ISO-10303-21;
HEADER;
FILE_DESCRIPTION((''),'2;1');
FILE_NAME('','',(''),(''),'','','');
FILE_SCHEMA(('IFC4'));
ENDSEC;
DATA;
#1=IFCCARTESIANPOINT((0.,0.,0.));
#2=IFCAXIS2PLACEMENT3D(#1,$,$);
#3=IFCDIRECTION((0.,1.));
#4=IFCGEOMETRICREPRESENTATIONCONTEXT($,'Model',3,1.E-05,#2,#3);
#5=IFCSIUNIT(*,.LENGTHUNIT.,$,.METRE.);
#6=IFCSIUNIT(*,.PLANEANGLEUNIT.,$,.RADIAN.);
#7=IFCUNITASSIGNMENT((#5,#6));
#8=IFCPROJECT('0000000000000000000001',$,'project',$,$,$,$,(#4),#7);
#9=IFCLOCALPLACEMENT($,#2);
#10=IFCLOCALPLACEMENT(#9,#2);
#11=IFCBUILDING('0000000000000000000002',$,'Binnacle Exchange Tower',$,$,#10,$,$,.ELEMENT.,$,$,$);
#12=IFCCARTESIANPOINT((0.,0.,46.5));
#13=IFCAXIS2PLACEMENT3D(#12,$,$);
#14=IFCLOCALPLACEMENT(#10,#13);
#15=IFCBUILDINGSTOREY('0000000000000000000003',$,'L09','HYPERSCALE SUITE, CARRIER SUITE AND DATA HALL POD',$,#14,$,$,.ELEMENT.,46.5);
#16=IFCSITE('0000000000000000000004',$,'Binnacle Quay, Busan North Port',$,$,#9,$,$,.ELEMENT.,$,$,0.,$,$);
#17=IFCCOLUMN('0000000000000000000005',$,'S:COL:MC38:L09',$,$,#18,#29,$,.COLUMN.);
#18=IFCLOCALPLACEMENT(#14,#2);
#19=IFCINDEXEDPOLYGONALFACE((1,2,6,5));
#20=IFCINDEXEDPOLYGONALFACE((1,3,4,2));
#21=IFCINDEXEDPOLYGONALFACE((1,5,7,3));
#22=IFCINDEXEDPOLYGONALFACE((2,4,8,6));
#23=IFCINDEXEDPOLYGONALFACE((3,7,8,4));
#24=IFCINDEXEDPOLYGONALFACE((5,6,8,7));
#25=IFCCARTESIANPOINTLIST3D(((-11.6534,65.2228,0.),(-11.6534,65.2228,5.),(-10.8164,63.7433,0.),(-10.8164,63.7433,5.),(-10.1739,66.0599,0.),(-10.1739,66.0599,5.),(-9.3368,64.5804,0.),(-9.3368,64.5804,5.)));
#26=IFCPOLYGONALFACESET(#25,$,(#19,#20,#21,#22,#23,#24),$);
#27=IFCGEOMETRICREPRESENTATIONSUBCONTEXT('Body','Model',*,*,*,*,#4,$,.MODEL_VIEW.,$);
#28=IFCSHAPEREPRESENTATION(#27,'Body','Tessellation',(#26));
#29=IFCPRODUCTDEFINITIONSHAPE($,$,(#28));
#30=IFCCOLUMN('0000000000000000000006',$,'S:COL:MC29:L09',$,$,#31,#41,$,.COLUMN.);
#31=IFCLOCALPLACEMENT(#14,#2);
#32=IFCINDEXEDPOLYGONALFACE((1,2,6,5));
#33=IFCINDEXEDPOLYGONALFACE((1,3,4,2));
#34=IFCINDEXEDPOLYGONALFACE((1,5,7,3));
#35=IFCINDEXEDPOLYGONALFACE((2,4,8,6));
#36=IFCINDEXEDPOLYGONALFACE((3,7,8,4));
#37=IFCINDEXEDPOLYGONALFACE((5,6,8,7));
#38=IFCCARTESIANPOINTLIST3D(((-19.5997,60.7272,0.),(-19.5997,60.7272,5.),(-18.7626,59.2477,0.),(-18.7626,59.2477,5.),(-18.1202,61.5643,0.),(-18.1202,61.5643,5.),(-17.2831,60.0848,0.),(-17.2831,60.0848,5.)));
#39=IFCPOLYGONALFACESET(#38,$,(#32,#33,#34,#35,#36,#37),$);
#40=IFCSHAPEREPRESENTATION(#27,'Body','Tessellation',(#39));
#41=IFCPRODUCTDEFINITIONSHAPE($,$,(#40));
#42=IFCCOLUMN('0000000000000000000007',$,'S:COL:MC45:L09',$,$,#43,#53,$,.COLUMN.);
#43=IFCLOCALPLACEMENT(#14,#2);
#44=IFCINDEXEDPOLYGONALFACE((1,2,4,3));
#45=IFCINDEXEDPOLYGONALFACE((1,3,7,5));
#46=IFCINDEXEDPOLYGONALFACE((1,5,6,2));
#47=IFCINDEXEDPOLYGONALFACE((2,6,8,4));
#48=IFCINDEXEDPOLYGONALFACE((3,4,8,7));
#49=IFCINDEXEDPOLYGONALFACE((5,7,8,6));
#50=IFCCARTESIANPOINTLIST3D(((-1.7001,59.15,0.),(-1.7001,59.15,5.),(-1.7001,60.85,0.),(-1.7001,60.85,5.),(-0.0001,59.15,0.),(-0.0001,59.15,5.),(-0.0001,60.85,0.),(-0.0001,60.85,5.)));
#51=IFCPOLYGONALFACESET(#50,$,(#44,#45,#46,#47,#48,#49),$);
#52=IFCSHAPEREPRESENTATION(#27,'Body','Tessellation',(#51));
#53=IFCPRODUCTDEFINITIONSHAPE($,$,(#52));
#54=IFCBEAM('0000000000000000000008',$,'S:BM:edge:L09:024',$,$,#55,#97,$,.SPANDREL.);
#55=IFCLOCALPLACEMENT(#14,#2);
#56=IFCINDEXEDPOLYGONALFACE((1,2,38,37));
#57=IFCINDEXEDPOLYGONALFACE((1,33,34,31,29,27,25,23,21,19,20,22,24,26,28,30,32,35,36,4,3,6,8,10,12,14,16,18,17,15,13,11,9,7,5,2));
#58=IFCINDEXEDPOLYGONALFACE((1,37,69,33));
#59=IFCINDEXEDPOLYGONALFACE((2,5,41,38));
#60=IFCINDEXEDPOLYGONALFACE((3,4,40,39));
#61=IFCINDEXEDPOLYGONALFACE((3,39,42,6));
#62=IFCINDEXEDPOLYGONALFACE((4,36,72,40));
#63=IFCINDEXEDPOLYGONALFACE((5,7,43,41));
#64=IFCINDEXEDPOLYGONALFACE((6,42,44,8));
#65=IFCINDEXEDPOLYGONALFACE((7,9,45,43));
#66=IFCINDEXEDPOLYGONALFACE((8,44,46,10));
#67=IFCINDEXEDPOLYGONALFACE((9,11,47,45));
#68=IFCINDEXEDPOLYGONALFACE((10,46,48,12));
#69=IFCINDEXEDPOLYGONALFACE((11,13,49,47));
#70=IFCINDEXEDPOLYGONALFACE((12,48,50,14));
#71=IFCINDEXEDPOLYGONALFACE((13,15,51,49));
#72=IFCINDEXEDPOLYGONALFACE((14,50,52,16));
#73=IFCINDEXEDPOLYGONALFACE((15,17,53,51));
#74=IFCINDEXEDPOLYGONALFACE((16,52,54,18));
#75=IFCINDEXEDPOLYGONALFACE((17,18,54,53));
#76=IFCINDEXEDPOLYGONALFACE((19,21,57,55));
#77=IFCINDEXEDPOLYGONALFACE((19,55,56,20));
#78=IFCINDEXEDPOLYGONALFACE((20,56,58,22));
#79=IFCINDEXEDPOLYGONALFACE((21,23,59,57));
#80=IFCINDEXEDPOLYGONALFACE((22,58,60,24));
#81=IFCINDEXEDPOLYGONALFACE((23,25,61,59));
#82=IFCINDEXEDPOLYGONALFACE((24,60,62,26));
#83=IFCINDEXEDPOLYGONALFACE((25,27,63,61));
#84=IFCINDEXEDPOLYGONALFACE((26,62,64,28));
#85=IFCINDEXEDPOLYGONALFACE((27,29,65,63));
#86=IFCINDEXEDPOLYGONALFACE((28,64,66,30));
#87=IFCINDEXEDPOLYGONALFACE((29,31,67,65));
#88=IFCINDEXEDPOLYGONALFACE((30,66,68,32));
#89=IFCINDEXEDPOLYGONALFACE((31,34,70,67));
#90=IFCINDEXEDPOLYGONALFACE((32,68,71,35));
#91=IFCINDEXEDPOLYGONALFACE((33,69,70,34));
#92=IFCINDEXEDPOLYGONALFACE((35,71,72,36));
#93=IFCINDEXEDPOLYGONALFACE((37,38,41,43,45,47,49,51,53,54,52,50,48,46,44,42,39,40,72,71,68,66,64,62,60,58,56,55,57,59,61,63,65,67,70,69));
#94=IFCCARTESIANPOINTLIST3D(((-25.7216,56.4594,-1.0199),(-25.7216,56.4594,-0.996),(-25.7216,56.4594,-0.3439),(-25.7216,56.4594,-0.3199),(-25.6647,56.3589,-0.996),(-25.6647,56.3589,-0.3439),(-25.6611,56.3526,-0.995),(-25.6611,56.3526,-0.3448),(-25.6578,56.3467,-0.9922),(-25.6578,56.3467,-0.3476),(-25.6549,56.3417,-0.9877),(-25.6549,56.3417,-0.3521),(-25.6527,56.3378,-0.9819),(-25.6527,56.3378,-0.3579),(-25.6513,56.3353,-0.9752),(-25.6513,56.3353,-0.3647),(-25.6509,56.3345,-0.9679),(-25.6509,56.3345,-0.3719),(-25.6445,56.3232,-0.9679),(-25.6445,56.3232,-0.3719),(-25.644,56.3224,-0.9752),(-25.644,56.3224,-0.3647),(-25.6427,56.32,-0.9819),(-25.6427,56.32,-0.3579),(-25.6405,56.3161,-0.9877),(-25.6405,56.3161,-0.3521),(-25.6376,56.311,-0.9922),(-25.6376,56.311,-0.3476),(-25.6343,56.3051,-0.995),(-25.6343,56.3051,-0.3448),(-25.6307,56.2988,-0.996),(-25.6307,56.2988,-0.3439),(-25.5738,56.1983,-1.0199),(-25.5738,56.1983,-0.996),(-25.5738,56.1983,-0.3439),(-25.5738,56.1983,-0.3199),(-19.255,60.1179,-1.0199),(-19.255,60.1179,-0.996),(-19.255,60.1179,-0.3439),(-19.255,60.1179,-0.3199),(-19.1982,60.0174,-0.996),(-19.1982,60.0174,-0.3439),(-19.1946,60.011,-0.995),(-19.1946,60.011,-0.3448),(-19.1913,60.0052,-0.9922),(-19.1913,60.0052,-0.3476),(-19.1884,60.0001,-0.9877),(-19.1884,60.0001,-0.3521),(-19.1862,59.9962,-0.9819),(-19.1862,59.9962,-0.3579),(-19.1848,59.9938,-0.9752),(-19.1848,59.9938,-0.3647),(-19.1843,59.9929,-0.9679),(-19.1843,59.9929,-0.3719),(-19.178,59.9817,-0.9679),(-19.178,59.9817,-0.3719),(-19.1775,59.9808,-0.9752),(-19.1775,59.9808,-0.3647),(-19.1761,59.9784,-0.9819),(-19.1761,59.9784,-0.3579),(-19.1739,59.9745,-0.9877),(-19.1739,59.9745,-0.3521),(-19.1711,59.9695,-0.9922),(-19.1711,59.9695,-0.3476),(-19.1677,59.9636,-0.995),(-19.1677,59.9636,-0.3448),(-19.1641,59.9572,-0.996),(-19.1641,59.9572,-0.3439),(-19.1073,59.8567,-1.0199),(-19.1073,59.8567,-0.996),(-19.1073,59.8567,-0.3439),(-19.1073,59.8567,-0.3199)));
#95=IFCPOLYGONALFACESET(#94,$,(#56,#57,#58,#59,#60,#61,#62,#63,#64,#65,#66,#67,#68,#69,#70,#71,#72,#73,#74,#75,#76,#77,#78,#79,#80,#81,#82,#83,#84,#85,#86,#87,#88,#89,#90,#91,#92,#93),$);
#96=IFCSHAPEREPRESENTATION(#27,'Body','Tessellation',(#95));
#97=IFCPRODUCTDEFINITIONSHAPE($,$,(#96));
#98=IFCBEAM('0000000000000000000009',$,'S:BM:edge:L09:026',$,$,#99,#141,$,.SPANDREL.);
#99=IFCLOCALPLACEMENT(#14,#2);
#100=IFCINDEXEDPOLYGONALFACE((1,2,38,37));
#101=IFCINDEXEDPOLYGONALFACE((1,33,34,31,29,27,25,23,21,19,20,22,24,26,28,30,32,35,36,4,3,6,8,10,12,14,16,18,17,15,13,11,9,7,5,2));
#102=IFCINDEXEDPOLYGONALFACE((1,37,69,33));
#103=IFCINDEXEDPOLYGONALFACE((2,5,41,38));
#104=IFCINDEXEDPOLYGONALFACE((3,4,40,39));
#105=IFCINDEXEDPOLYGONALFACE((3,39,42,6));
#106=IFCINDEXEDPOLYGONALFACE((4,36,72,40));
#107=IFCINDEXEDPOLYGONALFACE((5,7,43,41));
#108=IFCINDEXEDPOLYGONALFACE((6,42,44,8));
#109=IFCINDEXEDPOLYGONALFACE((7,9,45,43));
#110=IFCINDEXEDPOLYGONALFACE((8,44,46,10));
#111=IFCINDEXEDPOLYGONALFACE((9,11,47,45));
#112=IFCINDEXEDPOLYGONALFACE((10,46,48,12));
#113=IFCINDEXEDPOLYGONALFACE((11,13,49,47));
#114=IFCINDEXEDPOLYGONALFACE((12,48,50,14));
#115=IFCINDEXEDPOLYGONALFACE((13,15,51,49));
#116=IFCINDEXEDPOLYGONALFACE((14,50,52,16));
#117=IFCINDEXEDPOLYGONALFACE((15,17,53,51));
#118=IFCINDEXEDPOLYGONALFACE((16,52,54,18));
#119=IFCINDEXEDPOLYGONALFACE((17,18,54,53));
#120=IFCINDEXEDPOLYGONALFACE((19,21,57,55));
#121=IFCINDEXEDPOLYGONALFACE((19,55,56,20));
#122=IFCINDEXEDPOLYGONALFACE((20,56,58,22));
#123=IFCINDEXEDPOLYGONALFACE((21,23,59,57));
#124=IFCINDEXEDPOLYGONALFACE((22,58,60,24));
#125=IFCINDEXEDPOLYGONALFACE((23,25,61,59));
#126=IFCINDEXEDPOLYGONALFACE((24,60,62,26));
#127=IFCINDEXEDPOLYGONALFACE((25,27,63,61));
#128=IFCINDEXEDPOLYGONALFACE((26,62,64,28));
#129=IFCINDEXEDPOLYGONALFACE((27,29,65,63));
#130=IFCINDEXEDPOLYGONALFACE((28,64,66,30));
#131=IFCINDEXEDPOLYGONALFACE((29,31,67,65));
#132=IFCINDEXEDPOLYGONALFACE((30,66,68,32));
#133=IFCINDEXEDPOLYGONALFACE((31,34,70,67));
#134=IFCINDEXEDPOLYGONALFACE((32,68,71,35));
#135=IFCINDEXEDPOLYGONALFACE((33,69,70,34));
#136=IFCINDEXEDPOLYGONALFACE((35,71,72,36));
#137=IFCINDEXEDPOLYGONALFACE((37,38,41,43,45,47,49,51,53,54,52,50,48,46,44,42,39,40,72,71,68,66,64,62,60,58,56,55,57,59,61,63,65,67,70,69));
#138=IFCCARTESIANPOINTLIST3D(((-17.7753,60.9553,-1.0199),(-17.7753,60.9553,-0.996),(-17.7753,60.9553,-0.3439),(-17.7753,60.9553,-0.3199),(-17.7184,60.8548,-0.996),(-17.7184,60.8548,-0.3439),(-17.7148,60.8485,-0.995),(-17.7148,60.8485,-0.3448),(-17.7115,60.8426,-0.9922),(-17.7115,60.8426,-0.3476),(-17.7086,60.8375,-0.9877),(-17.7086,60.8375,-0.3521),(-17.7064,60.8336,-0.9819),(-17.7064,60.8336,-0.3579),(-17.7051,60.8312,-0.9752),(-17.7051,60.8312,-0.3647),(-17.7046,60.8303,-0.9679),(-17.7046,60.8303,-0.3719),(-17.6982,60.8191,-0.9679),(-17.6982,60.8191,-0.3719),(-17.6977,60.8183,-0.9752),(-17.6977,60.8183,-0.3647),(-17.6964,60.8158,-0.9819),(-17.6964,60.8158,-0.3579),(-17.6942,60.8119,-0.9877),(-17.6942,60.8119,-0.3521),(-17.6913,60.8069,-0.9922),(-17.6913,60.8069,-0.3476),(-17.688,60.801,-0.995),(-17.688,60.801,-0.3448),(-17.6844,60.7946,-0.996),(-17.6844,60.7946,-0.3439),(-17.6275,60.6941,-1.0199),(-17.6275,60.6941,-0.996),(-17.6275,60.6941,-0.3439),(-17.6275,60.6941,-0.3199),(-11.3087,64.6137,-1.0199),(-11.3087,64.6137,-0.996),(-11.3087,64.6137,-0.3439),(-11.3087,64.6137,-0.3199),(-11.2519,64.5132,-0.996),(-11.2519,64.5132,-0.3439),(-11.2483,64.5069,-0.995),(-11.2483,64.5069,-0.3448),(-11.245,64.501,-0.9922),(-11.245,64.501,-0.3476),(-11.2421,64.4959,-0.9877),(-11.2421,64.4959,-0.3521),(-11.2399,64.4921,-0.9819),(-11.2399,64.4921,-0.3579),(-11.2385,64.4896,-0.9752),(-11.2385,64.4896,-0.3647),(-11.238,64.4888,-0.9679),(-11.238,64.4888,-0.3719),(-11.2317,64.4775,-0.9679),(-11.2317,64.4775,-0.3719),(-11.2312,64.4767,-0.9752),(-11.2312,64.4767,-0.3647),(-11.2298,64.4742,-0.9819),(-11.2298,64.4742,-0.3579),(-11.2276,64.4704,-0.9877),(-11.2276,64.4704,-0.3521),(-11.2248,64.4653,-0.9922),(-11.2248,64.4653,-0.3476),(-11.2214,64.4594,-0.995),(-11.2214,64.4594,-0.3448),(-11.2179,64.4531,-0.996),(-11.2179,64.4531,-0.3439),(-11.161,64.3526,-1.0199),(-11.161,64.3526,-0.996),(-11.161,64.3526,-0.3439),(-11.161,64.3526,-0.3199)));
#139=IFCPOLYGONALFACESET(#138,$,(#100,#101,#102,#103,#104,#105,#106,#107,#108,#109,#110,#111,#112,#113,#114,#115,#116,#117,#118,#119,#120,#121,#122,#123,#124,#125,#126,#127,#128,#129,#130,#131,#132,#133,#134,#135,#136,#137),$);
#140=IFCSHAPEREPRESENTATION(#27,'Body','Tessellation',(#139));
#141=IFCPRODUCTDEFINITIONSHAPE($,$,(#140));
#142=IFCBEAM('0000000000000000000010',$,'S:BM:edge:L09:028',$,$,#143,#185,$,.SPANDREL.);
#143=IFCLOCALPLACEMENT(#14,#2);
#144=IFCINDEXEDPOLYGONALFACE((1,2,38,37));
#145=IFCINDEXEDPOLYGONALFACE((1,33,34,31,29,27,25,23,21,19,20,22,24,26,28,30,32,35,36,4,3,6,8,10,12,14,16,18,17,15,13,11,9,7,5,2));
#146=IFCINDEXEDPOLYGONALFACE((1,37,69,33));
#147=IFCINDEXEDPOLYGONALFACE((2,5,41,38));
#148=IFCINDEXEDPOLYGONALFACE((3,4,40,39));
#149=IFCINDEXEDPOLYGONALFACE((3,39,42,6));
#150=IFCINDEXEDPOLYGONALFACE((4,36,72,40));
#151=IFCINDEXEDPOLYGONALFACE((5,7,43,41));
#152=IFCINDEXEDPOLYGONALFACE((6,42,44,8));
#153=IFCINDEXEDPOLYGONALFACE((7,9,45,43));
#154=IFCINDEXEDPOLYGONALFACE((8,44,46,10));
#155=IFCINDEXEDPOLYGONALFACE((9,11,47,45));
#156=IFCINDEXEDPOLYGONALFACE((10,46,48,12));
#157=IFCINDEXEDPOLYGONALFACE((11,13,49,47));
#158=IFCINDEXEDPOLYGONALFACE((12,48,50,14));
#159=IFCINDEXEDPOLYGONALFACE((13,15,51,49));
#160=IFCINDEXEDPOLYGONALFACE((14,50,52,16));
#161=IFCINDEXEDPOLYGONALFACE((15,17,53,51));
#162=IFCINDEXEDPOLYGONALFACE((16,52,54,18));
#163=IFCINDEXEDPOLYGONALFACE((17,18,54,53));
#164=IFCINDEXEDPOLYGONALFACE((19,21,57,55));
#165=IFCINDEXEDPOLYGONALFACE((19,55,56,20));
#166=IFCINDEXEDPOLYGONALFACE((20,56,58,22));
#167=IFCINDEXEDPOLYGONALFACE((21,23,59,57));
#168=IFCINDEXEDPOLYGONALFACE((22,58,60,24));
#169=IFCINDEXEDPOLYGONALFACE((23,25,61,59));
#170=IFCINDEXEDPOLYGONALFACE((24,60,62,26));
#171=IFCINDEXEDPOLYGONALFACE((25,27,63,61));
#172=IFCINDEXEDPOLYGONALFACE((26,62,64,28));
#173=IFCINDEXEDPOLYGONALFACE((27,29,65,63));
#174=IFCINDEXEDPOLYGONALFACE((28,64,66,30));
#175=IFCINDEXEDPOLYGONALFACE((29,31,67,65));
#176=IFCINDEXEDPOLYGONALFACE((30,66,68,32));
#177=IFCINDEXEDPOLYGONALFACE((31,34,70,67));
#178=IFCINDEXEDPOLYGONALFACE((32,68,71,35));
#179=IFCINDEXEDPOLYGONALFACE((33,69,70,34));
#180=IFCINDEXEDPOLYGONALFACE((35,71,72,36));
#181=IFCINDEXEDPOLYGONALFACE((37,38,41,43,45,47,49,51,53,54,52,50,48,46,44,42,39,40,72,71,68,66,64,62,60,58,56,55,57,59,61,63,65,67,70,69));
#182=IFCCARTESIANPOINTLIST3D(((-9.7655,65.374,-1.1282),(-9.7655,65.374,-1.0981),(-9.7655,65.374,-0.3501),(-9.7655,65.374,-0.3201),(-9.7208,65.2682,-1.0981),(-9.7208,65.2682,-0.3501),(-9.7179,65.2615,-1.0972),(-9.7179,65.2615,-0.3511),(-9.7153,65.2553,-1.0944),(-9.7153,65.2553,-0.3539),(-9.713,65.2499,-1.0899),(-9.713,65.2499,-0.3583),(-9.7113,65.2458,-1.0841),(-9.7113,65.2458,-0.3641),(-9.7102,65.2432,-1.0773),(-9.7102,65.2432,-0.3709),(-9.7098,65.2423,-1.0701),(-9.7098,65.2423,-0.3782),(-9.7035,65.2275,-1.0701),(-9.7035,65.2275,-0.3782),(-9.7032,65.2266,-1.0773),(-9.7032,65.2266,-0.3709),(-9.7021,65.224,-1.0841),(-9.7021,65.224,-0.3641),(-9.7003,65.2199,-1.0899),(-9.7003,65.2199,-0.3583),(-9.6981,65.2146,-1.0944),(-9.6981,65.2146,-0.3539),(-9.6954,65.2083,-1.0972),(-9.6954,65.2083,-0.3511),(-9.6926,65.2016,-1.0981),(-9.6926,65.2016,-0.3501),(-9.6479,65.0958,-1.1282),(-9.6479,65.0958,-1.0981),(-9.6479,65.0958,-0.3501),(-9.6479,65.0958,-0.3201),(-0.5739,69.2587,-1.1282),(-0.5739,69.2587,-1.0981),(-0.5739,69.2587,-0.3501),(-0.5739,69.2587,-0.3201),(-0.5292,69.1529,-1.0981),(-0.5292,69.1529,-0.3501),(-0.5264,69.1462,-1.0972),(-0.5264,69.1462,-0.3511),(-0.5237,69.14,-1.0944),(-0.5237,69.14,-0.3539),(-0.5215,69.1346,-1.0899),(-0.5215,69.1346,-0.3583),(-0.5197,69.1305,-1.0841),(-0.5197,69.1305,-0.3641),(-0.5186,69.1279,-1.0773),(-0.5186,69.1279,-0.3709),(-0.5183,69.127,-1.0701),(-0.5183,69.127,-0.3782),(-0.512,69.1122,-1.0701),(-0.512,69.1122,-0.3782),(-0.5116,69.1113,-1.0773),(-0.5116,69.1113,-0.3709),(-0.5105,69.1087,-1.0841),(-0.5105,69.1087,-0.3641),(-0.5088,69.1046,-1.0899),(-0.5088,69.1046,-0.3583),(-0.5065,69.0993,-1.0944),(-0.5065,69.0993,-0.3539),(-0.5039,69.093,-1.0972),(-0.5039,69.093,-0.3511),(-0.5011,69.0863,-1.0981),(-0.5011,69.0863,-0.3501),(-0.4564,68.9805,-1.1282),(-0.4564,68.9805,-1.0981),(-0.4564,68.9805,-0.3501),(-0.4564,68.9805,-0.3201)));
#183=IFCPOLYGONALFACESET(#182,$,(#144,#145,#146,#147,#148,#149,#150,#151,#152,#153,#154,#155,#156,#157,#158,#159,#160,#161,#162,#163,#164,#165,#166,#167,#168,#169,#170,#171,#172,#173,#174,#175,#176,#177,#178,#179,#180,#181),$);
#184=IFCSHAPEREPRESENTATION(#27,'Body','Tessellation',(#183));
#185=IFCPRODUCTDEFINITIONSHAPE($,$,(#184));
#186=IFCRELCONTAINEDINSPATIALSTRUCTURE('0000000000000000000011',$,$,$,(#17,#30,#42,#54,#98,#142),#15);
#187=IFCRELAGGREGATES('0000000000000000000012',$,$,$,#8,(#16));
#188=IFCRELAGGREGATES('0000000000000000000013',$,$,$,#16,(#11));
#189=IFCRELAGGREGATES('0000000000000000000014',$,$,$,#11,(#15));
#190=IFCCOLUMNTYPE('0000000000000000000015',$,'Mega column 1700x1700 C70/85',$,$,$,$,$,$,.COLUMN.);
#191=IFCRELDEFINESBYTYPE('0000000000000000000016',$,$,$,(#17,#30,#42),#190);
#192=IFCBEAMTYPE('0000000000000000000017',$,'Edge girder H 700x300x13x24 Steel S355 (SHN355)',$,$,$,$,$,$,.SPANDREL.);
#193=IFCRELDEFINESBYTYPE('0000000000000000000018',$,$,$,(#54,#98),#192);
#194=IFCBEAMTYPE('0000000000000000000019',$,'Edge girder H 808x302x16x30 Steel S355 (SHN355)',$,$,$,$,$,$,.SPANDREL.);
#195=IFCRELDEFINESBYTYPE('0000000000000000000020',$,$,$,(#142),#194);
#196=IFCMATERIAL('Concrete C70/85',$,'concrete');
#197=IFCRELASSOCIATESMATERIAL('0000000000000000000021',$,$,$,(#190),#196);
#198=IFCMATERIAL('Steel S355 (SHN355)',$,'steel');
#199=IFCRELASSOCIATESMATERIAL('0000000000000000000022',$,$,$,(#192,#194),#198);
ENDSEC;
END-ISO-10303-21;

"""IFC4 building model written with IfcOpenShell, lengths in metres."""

from ifc_helpers import new_model, si_unit, direction, frame, origin, origin_2d, place, context, subcontext, project, spatial, rectangle, i_section, extrude, material, material_profile, profile_set, type_object, element, save


model = new_model("IFC4")

# Units and contexts
model_context = context("Model", 3, precision=1e-05, world=origin(), true_north=direction((0.0, 1.0)))
body_context = subcontext(model_context, "Body", "Model", "MODEL_VIEW")
ifc_project = project(units=[si_unit("LENGTHUNIT", "METRE"), si_unit("PLANEANGLEUNIT", "RADIAN")], contexts=[model_context])

# Site, building, storey
site_placement = place(None, origin())
site = spatial("IfcSite", under=ifc_project, at=site_placement, Name="Binnacle Quay, Busan North Port", CompositionType="ELEMENT", RefElevation=0.0)
building_placement = place(site_placement, origin())
building = spatial("IfcBuilding", under=site, at=building_placement, Name="Binnacle Exchange Tower", CompositionType="ELEMENT")
storey_placement = place(building_placement, frame((0.0, 0.0, 46.5)))
storey = spatial("IfcBuildingStorey", under=building, at=storey_placement, Name="L09", Description="HYPERSCALE SUITE, CARRIER SUITE AND DATA HALL POD", CompositionType="ELEMENT", Elevation=46.5)

# Columns
ifc_material_1 = material(Name="Concrete C70/85", Category="concrete")
ifc_material_profile_1 = material_profile(ifc_material_1, rectangle(XDim=1.7, YDim=1.7, at=origin_2d()), Name="Mega column 1700x1700 C70/85")
ifc_profile_set_1 = profile_set([ifc_material_profile_1], Name="Concrete C70/85")
column_type = type_object("IfcColumnType", Name="Mega column 1700x1700 C70/85", PredefinedType="COLUMN", material=ifc_profile_set_1)
for number, where, z_axis, x_axis, name in (
    (1, (-10.4951, 64.9016, 0.0), (0.0, 0.0, 1.0), (-0.870356, -0.492424, 0.0), "S:COL:MC38:L09"),
    (2, (-18.4414, 60.406, 0.0), (0.0, 0.0, 1.0), (-0.870356, -0.492424, 0.0), "S:COL:MC29:L09"),
    (3, (-0.8501, 60.0, 0.0), (0.0, 0.0, 1.0), (0.0, 1.0, 0.0), "S:COL:MC45:L09"),
):
    element("IfcColumn", number, at=place(storey_placement, frame(where, z_axis=z_axis, x_axis=x_axis)), inside=storey, type_object=column_type, Name=name, PredefinedType="COLUMN", context=body_context, shape_type="SweptSolid", body=[
        extrude(rectangle(XDim=1.7, YDim=1.7, at=origin_2d()), origin(), (0.0, 0.0, 1.0), 5.0),
    ])

# Beams
ifc_material_2 = material(Name="Steel S355 (SHN355)", Category="steel")
ifc_material_profile_2 = material_profile(ifc_material_2, i_section(OverallWidth=0.3, OverallDepth=0.7, WebThickness=0.0129, FlangeThickness=0.0239, FilletRadius=0.0281, at=origin_2d()), Name="H 700x300x13x24")
ifc_profile_set_2 = profile_set([ifc_material_profile_2], Name="Steel S355 (SHN355)")
beam_type_1 = type_object("IfcBeamType", Name="Edge girder H 700x300x13x24 Steel S355 (SHN355)", PredefinedType="SPANDREL", material=ifc_profile_set_2)
for number, where, z_axis, x_axis, name in (
    (4, (-19.1812, 59.9873, -0.6699), (-0.870364, -0.492408, 0.0), (0.492408, -0.870364, 0.0), "S:BM:edge:L09:024"),
    (5, (-11.2349, 64.4832, -0.6699), (-0.870364, -0.492408, 0.0), (0.492408, -0.870364, 0.0), "S:BM:edge:L09:026"),
):
    element("IfcBeam", number, at=place(storey_placement, frame(where, z_axis=z_axis, x_axis=x_axis)), inside=storey, type_object=beam_type_1, Name=name, PredefinedType="SPANDREL", context=body_context, shape_type="SweptSolid", body=[
        extrude(i_section(OverallWidth=0.3, OverallDepth=0.7, WebThickness=0.0129, FlangeThickness=0.0239, FilletRadius=0.0281, at=origin_2d()), origin(), (0.0, 0.0, 1.0), 7.4297),
    ])
ifc_material_profile_3 = material_profile(ifc_material_2, i_section(OverallWidth=0.302, OverallDepth=0.8081, WebThickness=0.0161, FlangeThickness=0.03, FilletRadius=0.0281, at=origin_2d()), Name="H 808x302x16x30")
ifc_profile_set_3 = profile_set([ifc_material_profile_3], Name="Steel S355 (SHN355)")
beam_type_2 = type_object("IfcBeamType", Name="Edge girder H 808x302x16x30 Steel S355 (SHN355)", PredefinedType="SPANDREL", material=ifc_profile_set_3)
beam_1_placement = place(storey_placement, frame((-0.5151, 69.1196, -0.7241), z_axis=(-0.921111, -0.389299, 0.0), x_axis=(0.389299, -0.921111, 0.0)))
element("IfcBeam", 6, at=beam_1_placement, inside=storey, type_object=beam_type_2, Name="S:BM:edge:L09:028", PredefinedType="SPANDREL", context=body_context, shape_type="SweptSolid", body=[
    extrude(i_section(OverallWidth=0.302, OverallDepth=0.8081, WebThickness=0.0161, FlangeThickness=0.03, FilletRadius=0.0281, at=origin_2d()), origin(), (0.0, 0.0, 1.0), 9.9788),
])

save(model, "model.ifc")
